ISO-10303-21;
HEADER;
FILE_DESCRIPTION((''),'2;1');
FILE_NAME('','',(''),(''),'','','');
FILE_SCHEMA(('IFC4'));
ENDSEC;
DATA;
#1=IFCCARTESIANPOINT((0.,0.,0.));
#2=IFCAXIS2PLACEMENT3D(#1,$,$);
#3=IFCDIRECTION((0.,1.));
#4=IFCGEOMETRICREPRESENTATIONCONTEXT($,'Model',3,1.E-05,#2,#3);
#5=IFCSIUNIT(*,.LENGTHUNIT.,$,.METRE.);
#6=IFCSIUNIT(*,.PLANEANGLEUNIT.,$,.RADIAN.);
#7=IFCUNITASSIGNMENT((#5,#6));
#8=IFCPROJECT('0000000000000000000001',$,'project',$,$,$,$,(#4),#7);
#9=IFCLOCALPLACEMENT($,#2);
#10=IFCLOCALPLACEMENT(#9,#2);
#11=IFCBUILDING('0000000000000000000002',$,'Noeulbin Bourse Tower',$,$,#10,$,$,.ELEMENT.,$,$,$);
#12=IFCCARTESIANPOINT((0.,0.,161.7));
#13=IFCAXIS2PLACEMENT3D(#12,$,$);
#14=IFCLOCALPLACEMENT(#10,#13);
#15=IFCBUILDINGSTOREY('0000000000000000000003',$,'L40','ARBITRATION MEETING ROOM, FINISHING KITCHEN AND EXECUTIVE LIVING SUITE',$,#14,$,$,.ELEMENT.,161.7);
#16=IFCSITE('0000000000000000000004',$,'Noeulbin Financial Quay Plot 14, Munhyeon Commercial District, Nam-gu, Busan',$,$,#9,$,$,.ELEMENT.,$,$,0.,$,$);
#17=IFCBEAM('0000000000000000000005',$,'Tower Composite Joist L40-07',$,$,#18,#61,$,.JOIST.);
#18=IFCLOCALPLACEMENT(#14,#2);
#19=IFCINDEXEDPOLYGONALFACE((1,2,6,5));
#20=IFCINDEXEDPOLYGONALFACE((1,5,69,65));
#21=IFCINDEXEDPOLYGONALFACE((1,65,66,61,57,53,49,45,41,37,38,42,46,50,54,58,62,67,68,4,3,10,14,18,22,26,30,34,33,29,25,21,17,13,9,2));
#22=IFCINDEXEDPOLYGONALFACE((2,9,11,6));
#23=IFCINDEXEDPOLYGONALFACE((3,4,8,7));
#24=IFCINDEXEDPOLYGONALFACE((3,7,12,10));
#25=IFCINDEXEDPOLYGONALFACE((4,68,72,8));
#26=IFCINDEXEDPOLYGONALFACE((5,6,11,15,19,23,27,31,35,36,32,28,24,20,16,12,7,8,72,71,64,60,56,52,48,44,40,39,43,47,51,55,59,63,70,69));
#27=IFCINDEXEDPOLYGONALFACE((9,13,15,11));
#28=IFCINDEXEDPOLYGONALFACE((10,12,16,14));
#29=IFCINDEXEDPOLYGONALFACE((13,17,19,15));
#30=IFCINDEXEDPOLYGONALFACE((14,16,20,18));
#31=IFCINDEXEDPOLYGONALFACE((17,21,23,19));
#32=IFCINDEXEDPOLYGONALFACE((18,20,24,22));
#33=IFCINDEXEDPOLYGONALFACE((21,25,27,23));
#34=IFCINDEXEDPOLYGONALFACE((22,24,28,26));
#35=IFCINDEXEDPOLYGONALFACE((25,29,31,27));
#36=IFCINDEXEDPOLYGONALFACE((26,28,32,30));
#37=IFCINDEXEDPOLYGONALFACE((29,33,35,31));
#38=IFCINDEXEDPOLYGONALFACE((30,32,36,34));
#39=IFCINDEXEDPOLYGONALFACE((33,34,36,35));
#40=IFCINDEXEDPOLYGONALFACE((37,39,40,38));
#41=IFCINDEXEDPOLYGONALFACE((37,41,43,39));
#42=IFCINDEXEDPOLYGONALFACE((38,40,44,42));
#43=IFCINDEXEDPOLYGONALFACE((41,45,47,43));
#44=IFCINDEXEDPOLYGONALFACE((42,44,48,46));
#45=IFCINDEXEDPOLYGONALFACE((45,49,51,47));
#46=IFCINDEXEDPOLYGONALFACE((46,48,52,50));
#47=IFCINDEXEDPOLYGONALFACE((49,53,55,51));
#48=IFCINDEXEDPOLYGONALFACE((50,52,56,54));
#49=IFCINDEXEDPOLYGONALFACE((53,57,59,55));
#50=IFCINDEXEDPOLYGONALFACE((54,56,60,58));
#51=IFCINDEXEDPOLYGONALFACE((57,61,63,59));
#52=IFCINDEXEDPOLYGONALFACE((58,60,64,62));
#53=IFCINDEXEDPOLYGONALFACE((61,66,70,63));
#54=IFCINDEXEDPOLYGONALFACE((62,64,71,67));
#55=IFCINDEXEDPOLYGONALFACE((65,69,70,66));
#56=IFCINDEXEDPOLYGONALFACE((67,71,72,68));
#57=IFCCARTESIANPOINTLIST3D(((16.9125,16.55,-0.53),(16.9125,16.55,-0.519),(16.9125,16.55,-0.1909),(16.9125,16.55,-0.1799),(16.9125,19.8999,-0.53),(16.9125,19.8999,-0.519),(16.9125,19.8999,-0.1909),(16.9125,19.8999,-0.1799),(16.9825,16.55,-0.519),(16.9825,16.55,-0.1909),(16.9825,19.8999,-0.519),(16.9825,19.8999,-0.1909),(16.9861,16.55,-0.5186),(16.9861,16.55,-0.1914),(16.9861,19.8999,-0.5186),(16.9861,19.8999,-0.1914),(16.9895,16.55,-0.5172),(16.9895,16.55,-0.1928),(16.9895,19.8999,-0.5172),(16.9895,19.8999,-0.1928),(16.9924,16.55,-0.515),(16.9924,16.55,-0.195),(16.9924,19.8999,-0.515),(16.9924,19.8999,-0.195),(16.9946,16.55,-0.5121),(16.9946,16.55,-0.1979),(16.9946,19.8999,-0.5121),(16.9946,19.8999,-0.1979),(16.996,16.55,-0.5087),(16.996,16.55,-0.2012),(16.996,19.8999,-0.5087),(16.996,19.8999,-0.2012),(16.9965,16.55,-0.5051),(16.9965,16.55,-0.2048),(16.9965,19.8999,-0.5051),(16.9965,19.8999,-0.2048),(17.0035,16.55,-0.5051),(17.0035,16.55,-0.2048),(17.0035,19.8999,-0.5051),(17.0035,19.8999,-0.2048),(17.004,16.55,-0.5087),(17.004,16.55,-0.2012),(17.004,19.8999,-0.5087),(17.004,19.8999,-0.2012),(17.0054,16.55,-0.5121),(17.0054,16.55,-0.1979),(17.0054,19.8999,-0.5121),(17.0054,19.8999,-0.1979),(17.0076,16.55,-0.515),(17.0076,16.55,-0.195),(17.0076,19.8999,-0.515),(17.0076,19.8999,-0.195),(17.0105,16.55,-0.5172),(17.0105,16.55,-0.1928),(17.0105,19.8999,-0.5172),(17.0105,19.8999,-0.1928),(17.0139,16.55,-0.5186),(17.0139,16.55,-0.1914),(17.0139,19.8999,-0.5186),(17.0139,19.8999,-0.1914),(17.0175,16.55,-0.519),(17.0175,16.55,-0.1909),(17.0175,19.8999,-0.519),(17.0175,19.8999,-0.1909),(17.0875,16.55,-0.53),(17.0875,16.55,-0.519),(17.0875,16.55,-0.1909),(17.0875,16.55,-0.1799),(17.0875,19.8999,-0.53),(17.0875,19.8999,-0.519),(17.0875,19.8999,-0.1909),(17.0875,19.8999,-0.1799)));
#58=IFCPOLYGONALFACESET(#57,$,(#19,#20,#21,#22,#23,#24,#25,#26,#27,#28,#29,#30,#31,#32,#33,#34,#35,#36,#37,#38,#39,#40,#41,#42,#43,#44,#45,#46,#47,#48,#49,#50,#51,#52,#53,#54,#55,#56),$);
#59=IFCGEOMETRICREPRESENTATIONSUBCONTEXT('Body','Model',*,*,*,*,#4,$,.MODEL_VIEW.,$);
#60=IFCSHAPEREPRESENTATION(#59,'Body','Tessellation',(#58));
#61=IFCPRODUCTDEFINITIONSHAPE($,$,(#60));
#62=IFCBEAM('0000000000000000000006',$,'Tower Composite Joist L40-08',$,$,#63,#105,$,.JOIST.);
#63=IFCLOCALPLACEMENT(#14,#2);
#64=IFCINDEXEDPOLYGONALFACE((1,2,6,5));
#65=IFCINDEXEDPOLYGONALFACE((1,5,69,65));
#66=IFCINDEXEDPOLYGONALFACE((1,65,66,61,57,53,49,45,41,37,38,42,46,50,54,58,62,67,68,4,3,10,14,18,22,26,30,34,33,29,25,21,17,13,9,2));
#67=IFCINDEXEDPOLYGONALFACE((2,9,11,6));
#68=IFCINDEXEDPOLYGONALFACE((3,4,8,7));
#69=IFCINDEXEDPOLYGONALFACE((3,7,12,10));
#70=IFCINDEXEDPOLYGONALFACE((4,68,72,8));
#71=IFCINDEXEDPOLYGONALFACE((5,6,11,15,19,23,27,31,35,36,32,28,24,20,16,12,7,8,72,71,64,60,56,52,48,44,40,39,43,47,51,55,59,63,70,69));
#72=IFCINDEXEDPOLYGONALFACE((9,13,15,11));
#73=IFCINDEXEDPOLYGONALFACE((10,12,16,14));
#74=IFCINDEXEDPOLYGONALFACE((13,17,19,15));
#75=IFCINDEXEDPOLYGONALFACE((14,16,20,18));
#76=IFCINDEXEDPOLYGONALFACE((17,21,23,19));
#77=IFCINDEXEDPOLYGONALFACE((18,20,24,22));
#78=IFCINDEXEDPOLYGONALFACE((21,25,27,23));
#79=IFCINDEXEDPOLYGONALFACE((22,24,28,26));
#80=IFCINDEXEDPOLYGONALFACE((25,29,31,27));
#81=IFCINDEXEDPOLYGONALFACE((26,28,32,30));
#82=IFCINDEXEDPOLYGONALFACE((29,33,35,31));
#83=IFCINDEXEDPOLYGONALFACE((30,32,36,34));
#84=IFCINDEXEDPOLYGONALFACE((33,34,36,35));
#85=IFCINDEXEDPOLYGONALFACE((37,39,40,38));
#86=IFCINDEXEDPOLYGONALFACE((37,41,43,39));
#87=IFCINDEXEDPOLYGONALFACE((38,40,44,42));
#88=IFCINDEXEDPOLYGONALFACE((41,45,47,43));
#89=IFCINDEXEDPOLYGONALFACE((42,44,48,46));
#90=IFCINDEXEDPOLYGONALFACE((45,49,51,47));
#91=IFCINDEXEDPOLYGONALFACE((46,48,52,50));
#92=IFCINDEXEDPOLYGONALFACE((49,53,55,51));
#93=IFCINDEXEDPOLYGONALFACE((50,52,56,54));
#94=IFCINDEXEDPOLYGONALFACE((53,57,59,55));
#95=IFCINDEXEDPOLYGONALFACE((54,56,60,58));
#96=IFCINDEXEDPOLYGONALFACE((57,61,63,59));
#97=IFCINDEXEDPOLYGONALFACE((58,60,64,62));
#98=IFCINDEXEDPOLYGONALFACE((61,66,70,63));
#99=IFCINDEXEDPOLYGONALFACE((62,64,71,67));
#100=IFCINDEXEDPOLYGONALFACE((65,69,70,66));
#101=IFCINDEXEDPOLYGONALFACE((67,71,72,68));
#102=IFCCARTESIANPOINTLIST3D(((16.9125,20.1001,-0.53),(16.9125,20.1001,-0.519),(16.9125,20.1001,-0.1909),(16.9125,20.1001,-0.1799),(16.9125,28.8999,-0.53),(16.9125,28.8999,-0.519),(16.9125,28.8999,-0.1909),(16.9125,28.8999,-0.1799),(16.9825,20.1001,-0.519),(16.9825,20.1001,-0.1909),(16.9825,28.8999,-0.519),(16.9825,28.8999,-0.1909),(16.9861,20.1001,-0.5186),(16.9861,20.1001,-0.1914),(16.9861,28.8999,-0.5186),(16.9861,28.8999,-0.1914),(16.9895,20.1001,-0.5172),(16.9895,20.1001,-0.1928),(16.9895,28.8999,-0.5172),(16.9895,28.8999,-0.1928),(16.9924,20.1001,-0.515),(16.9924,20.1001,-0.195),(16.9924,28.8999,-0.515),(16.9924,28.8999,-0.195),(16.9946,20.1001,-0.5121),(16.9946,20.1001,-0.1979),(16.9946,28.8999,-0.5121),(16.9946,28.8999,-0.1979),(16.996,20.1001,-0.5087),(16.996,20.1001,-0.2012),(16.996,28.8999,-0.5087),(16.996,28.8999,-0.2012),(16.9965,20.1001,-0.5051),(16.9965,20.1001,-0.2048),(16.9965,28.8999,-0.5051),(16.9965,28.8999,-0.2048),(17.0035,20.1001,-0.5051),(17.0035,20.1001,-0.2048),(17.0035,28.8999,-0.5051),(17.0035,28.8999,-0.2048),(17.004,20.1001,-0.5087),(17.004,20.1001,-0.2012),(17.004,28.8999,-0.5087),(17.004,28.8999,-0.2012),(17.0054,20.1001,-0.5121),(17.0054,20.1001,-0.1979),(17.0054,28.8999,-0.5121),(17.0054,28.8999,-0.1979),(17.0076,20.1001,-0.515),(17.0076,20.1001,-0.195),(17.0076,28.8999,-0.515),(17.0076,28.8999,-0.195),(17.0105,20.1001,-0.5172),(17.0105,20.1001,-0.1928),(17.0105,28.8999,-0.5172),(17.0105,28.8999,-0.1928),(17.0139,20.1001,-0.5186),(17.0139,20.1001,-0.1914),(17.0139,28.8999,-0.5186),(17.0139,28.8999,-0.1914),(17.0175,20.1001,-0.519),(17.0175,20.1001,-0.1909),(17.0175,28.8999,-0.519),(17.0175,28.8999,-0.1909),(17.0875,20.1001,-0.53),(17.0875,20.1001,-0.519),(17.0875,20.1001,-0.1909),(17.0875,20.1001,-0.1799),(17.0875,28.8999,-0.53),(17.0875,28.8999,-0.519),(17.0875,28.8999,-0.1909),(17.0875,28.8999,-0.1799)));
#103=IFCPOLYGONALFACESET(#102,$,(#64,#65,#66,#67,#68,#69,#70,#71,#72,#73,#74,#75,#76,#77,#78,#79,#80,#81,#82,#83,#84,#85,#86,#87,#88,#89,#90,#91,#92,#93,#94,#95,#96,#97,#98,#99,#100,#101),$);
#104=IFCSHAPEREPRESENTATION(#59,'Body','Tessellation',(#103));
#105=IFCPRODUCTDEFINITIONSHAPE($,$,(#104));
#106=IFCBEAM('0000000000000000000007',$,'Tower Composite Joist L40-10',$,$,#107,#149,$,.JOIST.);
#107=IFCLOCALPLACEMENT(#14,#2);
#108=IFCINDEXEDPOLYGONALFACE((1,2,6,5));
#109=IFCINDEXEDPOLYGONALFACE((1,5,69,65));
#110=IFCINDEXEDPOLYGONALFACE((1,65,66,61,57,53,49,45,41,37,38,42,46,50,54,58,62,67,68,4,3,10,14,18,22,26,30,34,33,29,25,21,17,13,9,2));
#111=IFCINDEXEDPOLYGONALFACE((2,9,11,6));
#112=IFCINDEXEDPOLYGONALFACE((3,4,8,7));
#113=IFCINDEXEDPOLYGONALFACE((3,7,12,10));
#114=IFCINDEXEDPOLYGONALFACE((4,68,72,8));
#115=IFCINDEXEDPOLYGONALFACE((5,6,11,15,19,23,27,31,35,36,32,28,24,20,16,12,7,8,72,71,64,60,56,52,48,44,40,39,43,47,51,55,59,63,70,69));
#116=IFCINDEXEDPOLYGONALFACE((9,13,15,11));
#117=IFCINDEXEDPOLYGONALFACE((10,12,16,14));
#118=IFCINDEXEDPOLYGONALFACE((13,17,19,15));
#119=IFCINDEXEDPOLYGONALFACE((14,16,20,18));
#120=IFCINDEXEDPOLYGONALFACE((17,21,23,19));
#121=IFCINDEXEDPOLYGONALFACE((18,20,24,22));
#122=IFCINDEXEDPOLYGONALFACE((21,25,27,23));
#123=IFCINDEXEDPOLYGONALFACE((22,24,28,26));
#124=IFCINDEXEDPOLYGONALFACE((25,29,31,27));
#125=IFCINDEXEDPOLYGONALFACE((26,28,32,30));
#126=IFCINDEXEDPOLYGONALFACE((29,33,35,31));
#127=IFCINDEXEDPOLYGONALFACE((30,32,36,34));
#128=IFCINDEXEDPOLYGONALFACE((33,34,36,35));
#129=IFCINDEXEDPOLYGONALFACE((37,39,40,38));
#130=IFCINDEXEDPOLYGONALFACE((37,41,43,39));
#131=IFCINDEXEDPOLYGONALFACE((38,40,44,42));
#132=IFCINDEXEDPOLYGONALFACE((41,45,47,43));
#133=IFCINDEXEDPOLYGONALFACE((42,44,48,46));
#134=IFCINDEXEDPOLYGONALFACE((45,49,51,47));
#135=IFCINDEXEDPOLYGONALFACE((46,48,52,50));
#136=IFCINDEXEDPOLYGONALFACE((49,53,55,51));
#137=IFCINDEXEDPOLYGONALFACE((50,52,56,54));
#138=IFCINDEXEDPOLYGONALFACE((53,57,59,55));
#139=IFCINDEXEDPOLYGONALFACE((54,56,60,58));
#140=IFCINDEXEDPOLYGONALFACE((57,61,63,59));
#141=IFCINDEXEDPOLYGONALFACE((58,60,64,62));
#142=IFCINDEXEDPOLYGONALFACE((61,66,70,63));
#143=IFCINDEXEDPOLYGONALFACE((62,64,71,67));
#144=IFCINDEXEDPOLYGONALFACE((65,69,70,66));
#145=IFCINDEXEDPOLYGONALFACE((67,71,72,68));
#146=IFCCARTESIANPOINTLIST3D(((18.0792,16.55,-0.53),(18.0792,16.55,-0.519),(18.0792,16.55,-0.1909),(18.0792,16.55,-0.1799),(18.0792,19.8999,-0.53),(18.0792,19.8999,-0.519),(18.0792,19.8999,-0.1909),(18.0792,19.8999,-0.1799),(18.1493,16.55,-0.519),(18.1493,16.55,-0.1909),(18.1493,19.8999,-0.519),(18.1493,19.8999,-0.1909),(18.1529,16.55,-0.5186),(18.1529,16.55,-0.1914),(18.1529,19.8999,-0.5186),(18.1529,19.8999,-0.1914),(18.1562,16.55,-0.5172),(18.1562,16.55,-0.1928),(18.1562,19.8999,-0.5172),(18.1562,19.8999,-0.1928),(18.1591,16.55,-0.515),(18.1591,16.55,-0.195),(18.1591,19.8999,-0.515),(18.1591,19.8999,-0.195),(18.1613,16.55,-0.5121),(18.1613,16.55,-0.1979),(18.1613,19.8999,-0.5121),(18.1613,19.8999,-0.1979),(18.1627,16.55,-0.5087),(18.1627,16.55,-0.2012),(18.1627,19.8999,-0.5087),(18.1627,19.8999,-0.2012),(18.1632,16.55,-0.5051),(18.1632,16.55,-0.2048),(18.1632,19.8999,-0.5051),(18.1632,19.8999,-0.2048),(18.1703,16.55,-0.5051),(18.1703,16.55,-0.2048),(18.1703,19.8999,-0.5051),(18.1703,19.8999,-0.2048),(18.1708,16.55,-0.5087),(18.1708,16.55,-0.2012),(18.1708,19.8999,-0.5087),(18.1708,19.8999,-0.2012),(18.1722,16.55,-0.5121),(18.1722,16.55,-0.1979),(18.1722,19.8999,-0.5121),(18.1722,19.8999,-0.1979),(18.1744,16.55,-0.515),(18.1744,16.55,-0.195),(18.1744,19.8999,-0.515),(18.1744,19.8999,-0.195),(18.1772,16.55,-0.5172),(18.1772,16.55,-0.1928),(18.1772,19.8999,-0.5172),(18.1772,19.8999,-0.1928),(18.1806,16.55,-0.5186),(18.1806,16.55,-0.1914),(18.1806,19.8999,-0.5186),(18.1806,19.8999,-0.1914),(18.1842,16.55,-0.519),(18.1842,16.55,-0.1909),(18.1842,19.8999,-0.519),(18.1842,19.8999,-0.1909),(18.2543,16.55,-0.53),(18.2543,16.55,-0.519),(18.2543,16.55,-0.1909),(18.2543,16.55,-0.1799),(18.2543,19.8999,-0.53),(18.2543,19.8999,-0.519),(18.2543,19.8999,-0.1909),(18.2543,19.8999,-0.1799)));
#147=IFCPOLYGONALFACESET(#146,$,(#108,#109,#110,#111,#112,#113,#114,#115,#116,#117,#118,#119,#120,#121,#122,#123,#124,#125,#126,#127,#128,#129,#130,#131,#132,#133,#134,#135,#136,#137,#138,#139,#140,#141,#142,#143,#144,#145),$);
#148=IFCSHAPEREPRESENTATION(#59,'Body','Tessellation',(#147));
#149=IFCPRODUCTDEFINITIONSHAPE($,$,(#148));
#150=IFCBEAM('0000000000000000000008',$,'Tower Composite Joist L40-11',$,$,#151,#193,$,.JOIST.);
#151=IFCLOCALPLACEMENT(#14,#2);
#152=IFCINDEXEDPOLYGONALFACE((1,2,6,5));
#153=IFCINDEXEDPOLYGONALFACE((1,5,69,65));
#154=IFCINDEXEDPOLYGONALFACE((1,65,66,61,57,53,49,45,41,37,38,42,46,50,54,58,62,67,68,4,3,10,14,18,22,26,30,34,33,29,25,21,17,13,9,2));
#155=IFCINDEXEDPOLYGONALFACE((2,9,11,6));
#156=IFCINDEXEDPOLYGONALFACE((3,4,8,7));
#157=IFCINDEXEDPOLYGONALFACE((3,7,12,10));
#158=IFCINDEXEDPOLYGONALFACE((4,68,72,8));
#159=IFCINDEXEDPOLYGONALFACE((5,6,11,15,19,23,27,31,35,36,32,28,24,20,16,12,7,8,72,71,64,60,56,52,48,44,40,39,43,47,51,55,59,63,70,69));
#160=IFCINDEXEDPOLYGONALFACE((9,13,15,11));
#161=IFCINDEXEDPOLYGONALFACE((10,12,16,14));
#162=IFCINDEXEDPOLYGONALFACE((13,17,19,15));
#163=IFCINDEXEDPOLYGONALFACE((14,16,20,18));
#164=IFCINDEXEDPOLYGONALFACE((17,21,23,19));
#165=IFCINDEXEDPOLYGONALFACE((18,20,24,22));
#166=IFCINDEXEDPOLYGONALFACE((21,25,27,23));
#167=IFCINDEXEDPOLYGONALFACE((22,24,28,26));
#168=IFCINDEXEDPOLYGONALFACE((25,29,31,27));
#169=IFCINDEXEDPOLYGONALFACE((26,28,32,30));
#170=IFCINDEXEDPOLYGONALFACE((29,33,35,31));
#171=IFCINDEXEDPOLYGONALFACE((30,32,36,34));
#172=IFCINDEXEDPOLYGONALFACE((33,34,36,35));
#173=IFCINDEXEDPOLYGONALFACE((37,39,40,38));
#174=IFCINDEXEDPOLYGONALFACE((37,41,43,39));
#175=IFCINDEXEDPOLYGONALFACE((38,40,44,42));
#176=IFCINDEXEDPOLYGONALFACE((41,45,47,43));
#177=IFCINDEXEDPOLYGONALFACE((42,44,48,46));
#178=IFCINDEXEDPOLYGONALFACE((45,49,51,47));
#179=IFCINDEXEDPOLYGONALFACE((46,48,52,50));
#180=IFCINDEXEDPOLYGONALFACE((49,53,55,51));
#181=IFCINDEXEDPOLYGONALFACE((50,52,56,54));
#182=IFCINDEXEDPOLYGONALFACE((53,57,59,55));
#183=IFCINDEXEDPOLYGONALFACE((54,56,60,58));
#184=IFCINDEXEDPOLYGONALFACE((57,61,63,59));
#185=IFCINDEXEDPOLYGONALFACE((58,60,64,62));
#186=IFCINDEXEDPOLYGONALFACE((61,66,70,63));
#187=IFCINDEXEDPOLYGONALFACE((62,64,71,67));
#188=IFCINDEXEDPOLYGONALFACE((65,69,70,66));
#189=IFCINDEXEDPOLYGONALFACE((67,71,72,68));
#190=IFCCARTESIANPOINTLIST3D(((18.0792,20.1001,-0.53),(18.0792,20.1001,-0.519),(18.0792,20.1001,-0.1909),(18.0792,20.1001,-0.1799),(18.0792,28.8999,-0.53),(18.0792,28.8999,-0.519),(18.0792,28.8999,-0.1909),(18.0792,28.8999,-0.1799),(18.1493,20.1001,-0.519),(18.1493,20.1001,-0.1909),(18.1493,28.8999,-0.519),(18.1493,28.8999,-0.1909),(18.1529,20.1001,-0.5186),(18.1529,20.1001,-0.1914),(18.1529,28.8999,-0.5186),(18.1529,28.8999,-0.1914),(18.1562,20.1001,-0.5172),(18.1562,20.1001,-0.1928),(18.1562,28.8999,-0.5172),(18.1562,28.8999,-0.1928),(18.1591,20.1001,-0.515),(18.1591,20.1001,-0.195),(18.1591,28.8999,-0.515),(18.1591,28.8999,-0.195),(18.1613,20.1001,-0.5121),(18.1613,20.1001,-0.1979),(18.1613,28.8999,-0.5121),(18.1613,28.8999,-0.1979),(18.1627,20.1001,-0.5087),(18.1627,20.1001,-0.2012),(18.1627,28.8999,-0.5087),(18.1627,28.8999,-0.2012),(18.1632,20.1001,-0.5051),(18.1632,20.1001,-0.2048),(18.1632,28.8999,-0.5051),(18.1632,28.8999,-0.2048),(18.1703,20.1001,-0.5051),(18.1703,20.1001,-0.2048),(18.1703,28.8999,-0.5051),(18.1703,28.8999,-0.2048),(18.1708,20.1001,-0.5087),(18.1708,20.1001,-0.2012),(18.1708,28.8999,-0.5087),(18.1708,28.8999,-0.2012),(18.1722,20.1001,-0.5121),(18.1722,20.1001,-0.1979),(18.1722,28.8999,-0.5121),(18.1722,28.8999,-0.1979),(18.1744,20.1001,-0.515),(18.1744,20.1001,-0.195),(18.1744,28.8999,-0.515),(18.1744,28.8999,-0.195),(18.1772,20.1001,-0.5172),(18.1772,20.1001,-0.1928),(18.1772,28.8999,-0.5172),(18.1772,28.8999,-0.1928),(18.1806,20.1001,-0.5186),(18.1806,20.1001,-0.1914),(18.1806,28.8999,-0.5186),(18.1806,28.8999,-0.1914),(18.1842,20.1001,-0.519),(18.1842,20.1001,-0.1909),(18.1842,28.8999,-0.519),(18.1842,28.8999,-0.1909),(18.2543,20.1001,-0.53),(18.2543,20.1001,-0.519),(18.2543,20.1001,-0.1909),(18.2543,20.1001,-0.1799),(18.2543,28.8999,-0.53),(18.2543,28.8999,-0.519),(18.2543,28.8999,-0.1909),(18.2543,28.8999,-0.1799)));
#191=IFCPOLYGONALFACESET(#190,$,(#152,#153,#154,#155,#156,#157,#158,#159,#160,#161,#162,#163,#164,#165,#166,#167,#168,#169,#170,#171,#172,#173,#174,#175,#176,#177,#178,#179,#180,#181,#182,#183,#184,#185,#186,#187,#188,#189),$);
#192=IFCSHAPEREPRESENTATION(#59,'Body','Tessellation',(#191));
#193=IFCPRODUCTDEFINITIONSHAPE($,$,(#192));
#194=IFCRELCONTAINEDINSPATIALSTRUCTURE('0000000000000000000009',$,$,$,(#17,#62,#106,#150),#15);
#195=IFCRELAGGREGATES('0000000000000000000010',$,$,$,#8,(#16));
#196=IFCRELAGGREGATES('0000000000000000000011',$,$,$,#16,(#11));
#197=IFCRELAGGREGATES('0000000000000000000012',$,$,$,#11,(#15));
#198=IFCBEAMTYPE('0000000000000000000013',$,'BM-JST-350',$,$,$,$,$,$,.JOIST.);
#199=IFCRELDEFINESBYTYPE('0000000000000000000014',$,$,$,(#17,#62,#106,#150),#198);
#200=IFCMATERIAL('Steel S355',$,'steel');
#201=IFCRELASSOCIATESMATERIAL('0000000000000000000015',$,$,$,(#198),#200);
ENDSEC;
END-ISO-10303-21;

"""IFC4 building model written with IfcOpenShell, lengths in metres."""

from ifc_helpers import new_model, si_unit, direction, frame, origin, origin_2d, place, context, subcontext, project, spatial, i_section, extrude, material, material_profile, profile_set, type_object, element, save


model = new_model("IFC4")

# Units and contexts
model_context = context("Model", 3, precision=1e-05, world=origin(), true_north=direction((0.0, 1.0)))
body_context = subcontext(model_context, "Body", "Model", "MODEL_VIEW")
ifc_project = project(units=[si_unit("LENGTHUNIT", "METRE"), si_unit("PLANEANGLEUNIT", "RADIAN")], contexts=[model_context])

# Site, building, storey
site_placement = place(None, origin())
site = spatial("IfcSite", under=ifc_project, at=site_placement, Name="Noeulbin Financial Quay Plot 14, Munhyeon Commercial District, Nam-gu, Busan", CompositionType="ELEMENT", RefElevation=0.0)
building_placement = place(site_placement, origin())
building = spatial("IfcBuilding", under=site, at=building_placement, Name="Noeulbin Bourse Tower", CompositionType="ELEMENT")
storey_placement = place(building_placement, frame((0.0, 0.0, 161.7)))
storey = spatial("IfcBuildingStorey", under=building, at=storey_placement, Name="L40", Description="ARBITRATION MEETING ROOM, FINISHING KITCHEN AND EXECUTIVE LIVING SUITE", CompositionType="ELEMENT", Elevation=161.7)

# Shared definitions
ifc_material_1 = material(Name="Steel S355", Category="steel")

# Beams
ifc_material_profile_1 = material_profile(ifc_material_1, i_section(OverallWidth=0.175, OverallDepth=0.3501, WebThickness=0.0071, FlangeThickness=0.011, FilletRadius=0.0139, at=origin_2d()), Name="H-350x175x7x11", Category="LoadBearing")
ifc_profile_set_1 = profile_set([ifc_material_profile_1], Name="Steel S355")
beam_type_1 = type_object("IfcBeamType", Name="BM-JST-350", PredefinedType="JOIST", material=ifc_profile_set_1)
beam_1_placement = place(storey_placement, frame((17.0, 16.55, -0.355), z_axis=(0.0, 1.0, 0.0), x_axis=(-1.0, 0.0, 0.0)))
element("IfcBeam", 1, at=beam_1_placement, inside=storey, type_object=beam_type_1, Name="Tower Composite Joist L40-07", PredefinedType="JOIST", context=body_context, shape_type="SweptSolid", body=[
    extrude(i_section(OverallWidth=0.175, OverallDepth=0.3501, WebThickness=0.0071, FlangeThickness=0.011, FilletRadius=0.0139, at=origin_2d()), origin(), (0.0, 0.0, 1.0), 3.3499),
])
beam_2_placement = place(storey_placement, frame((17.0, 20.1001, -0.355), z_axis=(0.0, 1.0, 0.0), x_axis=(-1.0, 0.0, 0.0)))
element("IfcBeam", 2, at=beam_2_placement, inside=storey, type_object=beam_type_1, Name="Tower Composite Joist L40-08", PredefinedType="JOIST", context=body_context, shape_type="SweptSolid", body=[
    extrude(i_section(OverallWidth=0.175, OverallDepth=0.3501, WebThickness=0.0071, FlangeThickness=0.011, FilletRadius=0.0139, at=origin_2d()), origin(), (0.0, 0.0, 1.0), 8.7998),
])
beam_3_placement = place(storey_placement, frame((18.1667, 16.55, -0.355), z_axis=(0.0, 1.0, 0.0), x_axis=(-1.0, 0.0, 0.0)))
element("IfcBeam", 3, at=beam_3_placement, inside=storey, type_object=beam_type_1, Name="Tower Composite Joist L40-10", PredefinedType="JOIST", context=body_context, shape_type="SweptSolid", body=[
    extrude(i_section(OverallWidth=0.175, OverallDepth=0.3501, WebThickness=0.0071, FlangeThickness=0.011, FilletRadius=0.0139, at=origin_2d()), origin(), (0.0, 0.0, 1.0), 3.3499),
])
beam_4_placement = place(storey_placement, frame((18.1667, 20.1001, -0.355), z_axis=(0.0, 1.0, 0.0), x_axis=(-1.0, 0.0, 0.0)))
element("IfcBeam", 4, at=beam_4_placement, inside=storey, type_object=beam_type_1, Name="Tower Composite Joist L40-11", PredefinedType="JOIST", context=body_context, shape_type="SweptSolid", body=[
    extrude(i_section(OverallWidth=0.175, OverallDepth=0.3501, WebThickness=0.0071, FlangeThickness=0.011, FilletRadius=0.0139, at=origin_2d()), origin(), (0.0, 0.0, 1.0), 8.7998),
])

save(model, "model.ifc")
